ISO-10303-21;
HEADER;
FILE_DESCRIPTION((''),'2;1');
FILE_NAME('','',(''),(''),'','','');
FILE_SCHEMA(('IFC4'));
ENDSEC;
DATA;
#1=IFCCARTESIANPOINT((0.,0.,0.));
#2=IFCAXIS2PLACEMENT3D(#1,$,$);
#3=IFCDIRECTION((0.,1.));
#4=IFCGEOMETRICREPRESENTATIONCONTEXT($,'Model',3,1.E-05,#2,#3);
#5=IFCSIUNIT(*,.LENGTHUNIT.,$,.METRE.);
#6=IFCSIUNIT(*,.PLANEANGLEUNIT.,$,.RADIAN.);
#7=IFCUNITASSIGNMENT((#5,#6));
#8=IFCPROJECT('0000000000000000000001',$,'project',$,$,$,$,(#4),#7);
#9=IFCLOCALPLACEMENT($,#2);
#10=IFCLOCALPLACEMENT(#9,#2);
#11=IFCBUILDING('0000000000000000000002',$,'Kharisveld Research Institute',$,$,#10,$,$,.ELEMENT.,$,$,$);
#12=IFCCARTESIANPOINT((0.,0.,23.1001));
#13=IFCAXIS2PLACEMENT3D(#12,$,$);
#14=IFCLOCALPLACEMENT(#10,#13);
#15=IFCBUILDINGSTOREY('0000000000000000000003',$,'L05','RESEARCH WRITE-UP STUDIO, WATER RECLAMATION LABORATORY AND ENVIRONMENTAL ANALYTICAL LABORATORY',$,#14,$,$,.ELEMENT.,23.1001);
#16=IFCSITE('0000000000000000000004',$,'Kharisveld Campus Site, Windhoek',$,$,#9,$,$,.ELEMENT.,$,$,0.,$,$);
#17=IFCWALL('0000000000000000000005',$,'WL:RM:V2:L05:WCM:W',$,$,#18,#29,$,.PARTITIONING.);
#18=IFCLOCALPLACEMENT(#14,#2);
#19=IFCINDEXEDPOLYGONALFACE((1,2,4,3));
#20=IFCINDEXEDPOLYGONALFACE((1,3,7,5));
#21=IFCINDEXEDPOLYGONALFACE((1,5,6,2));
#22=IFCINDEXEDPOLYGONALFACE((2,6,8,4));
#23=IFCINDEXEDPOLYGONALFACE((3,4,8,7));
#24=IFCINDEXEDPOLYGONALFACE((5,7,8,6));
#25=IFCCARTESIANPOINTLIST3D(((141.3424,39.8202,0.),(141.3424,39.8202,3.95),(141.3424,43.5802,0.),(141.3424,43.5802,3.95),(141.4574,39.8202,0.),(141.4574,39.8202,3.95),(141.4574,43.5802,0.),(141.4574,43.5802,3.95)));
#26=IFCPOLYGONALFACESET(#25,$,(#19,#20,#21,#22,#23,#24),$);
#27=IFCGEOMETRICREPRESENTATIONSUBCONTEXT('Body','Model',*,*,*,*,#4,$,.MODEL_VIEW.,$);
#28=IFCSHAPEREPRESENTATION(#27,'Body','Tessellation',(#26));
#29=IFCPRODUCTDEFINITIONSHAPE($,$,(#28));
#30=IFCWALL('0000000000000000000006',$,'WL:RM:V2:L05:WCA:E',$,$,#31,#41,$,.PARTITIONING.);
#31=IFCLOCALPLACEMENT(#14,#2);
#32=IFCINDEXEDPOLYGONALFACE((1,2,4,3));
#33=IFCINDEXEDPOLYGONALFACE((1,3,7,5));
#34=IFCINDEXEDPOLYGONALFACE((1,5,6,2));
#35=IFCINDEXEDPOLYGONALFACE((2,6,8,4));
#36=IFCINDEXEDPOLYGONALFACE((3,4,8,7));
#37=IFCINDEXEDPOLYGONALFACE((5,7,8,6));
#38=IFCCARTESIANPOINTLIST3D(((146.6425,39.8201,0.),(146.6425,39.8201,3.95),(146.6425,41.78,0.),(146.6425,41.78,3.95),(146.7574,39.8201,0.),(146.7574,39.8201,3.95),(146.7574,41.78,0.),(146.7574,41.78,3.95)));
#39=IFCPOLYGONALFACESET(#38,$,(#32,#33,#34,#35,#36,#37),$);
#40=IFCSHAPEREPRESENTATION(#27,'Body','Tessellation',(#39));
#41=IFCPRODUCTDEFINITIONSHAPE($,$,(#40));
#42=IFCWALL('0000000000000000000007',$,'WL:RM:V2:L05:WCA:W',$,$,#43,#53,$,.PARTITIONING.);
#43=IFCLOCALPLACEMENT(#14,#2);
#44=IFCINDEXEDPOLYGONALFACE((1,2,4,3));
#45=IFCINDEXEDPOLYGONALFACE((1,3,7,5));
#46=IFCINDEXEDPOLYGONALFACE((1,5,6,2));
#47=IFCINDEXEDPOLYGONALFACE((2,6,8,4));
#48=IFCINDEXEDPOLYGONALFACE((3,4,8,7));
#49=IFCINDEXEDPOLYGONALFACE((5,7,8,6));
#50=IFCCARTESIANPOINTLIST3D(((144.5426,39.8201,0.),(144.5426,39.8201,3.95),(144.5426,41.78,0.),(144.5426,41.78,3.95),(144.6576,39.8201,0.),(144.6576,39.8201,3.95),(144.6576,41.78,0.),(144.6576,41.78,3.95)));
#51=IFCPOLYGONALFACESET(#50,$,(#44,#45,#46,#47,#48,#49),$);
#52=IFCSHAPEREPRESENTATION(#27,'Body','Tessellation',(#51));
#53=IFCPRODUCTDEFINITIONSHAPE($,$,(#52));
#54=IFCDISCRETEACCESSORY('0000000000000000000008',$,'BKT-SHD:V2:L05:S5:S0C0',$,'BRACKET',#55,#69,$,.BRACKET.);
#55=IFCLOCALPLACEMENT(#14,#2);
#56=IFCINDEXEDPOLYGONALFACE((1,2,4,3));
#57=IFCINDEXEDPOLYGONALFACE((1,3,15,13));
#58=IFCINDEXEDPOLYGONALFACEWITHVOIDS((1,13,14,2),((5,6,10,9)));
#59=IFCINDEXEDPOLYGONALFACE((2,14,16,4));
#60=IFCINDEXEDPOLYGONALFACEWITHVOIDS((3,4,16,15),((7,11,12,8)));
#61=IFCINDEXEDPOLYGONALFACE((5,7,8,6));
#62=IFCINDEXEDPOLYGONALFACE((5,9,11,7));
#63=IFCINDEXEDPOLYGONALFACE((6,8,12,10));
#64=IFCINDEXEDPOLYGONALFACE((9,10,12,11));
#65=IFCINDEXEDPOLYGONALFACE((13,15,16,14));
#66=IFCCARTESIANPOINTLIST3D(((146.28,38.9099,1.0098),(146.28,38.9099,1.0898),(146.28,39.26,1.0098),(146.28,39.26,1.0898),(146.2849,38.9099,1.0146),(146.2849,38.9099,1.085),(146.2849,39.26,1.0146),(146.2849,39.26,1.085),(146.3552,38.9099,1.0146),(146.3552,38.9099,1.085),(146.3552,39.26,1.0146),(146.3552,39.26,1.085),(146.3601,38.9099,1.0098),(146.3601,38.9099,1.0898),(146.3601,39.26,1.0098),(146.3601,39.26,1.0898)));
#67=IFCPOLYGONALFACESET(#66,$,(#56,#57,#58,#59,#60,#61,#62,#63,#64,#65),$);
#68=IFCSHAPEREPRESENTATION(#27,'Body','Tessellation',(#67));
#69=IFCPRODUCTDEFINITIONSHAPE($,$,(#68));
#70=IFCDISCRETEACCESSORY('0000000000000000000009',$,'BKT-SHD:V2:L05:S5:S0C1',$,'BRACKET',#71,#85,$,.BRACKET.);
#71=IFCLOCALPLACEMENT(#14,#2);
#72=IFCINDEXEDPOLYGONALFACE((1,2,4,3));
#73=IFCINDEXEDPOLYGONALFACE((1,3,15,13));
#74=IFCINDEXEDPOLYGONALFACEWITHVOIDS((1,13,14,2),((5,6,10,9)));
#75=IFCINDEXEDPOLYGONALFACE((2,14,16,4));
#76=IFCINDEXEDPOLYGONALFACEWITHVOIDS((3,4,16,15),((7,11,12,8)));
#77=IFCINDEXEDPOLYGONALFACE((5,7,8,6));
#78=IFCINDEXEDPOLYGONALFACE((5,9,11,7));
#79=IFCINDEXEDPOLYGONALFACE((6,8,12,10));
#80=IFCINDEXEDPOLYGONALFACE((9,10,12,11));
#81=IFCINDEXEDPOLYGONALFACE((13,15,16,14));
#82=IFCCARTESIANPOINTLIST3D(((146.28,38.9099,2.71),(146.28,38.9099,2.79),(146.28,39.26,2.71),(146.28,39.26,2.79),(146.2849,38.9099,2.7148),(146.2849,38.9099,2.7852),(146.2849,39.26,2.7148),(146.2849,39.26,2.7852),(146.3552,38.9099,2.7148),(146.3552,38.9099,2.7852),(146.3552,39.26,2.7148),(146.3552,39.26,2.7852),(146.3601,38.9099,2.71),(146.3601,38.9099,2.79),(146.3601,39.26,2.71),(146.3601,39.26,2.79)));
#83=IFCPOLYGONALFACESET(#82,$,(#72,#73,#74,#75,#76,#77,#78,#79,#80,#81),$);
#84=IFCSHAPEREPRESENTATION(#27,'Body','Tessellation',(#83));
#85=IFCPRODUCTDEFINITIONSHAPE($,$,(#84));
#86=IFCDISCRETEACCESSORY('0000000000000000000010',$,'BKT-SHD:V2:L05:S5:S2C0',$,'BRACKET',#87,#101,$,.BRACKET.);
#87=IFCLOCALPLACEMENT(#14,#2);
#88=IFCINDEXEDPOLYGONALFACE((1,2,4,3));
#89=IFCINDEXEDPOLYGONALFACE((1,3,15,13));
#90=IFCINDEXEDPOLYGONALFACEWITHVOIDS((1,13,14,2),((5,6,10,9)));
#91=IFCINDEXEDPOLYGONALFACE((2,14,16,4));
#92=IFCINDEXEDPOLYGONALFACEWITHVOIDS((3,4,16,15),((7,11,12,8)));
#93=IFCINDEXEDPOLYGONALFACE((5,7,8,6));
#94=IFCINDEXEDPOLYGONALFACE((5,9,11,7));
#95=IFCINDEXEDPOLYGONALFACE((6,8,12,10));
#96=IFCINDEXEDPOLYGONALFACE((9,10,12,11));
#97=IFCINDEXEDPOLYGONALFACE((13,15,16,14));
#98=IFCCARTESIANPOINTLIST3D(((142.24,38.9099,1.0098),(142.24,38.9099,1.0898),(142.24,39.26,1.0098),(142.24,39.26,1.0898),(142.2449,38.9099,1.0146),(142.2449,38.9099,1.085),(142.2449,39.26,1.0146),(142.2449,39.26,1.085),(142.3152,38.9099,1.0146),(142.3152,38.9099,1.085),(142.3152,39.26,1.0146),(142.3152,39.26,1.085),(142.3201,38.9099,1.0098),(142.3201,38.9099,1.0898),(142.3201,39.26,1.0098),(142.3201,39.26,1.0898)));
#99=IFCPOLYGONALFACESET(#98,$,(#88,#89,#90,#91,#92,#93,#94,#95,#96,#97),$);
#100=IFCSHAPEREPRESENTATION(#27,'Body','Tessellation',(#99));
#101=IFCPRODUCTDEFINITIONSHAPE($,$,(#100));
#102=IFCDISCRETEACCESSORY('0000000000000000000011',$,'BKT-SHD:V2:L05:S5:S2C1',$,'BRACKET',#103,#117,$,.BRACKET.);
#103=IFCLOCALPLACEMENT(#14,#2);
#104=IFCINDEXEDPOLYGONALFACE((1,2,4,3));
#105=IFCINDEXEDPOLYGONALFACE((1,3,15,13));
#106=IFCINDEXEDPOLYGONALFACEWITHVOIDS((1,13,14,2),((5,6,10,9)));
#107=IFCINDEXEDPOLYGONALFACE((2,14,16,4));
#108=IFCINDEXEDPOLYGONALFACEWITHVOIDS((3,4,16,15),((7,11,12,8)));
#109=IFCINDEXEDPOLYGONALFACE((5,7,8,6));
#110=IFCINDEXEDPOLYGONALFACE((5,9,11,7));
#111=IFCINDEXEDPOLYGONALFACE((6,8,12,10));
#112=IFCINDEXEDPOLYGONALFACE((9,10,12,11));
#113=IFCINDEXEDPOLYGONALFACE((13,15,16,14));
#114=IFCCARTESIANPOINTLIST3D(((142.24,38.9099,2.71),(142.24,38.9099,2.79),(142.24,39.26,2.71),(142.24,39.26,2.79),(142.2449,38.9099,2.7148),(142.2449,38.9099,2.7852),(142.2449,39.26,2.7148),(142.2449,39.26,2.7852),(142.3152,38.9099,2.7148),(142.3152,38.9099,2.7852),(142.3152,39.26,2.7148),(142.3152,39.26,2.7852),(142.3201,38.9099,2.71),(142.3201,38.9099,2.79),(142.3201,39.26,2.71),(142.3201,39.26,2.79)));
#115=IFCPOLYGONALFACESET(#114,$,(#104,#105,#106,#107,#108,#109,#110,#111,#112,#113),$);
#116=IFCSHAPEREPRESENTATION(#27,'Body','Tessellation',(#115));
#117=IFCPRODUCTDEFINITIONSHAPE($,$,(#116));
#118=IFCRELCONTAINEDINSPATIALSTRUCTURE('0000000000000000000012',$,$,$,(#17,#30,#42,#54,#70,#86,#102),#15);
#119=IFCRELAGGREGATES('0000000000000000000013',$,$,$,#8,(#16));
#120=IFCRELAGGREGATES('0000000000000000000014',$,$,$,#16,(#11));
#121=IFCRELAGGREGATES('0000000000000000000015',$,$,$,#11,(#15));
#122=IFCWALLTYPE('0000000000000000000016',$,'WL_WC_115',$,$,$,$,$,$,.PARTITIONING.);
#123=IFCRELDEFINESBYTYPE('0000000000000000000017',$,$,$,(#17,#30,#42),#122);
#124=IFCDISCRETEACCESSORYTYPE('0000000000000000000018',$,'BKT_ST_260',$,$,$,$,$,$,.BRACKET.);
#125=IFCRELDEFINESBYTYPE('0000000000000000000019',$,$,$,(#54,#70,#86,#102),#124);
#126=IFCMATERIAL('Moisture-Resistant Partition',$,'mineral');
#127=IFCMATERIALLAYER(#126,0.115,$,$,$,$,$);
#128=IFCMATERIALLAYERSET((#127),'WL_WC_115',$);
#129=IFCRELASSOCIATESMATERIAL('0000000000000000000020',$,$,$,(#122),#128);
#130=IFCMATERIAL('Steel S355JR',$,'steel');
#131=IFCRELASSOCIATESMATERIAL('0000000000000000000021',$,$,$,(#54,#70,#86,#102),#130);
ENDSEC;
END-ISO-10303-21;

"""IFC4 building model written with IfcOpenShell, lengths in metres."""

from ifc_helpers import new_model, si_unit, direction, frame, frame_2d, origin, origin_2d, place, context, subcontext, project, spatial, rectangle, hollow_rectangle, extrude, material, layer, layer_set, type_object, element, save


model = new_model("IFC4")

# Units and contexts
model_context = context("Model", 3, precision=1e-05, world=origin(), true_north=direction((0.0, 1.0)))
body_context = subcontext(model_context, "Body", "Model", "MODEL_VIEW")
ifc_project = project(units=[si_unit("LENGTHUNIT", "METRE"), si_unit("PLANEANGLEUNIT", "RADIAN")], contexts=[model_context])

# Site, building, storey
site_placement = place(None, origin())
site = spatial("IfcSite", under=ifc_project, at=site_placement, Name="Kharisveld Campus Site, Windhoek", CompositionType="ELEMENT", RefElevation=0.0)
building_placement = place(site_placement, origin())
building = spatial("IfcBuilding", under=site, at=building_placement, Name="Kharisveld Research Institute", CompositionType="ELEMENT")
storey_placement = place(building_placement, frame((0.0, 0.0, 23.1001)))
storey = spatial("IfcBuildingStorey", under=building, at=storey_placement, Name="L05", Description="RESEARCH WRITE-UP STUDIO, WATER RECLAMATION LABORATORY AND ENVIRONMENTAL ANALYTICAL LABORATORY", CompositionType="ELEMENT", Elevation=23.1001)

# Shared definitions
ifc_material_1 = material(Name="Moisture-Resistant Partition", Category="mineral")
ifc_layer_1 = layer(ifc_material_1, 0.115)
ifc_layer_set_1 = layer_set([ifc_layer_1], Name="WL_WC_115")
wall_type_1 = type_object("IfcWallType", Name="WL_WC_115", PredefinedType="PARTITIONING", material=ifc_layer_set_1)

# Walls
wall_1_placement = place(storey_placement, frame((141.3999, 43.5801, 0.0), z_axis=(0.0, 0.0, 1.0), x_axis=(0.0, -1.0, 0.0)))
element("IfcWall", 1, at=wall_1_placement, inside=storey, type_object=wall_type_1, Name="WL:RM:V2:L05:WCM:W", PredefinedType="PARTITIONING", context=body_context, shape_type="SweptSolid", body=[
    extrude(rectangle(XDim=3.76, YDim=0.115, at=frame_2d((1.8799, 0.0))), origin(), (0.0, 0.0, 1.0), 3.95),
])
wall_2_placement = place(storey_placement, frame((146.7, 39.8201, 0.0), z_axis=(0.0, 0.0, 1.0), x_axis=(0.0, 1.0, 0.0)))
element("IfcWall", 2, at=wall_2_placement, inside=storey, type_object=wall_type_1, Name="WL:RM:V2:L05:WCA:E", PredefinedType="PARTITIONING", context=body_context, shape_type="SweptSolid", body=[
    extrude(rectangle(XDim=1.96, YDim=0.115, at=frame_2d((0.98, 0.0))), origin(), (0.0, 0.0, 1.0), 3.95),
])

# Wall
wall_3_placement = place(storey_placement, frame((144.6001, 41.78, 0.0), z_axis=(0.0, 0.0, 1.0), x_axis=(0.0, -1.0, 0.0)))
element("IfcWall", 3, at=wall_3_placement, inside=storey, type_object=wall_type_1, Name="WL:RM:V2:L05:WCA:W", PredefinedType="PARTITIONING", context=body_context, shape_type="SweptSolid", body=[
    extrude(rectangle(XDim=1.96, YDim=0.115, at=frame_2d((0.98, 0.0))), origin(), (0.0, 0.0, 1.0), 3.95),
])

# Discrete accessories
ifc_material_2 = material(Name="Steel S355JR", Category="steel")
discrete_accessory_type = type_object("IfcDiscreteAccessoryType", Name="BKT_ST_260", PredefinedType="BRACKET")
for number, where, z_axis, x_axis, name in (
    (4, (146.3201, 39.26, 1.0498), (0.0, -1.0, 0.0), (1.0, 0.0, 0.0), "BKT-SHD:V2:L05:S5:S0C0"),
    (5, (146.3201, 39.26, 2.75), (0.0, -1.0, 0.0), (1.0, 0.0, 0.0), "BKT-SHD:V2:L05:S5:S0C1"),
    (6, (142.28, 39.26, 1.0498), (0.0, -1.0, 0.0), (1.0, 0.0, 0.0), "BKT-SHD:V2:L05:S5:S2C0"),
    (7, (142.28, 39.26, 2.75), (0.0, -1.0, 0.0), (1.0, 0.0, 0.0), "BKT-SHD:V2:L05:S5:S2C1"),
):
    element("IfcDiscreteAccessory", number, at=place(storey_placement, frame(where, z_axis=z_axis, x_axis=x_axis)), inside=storey, type_object=discrete_accessory_type, material=ifc_material_2, Name=name, ObjectType="BRACKET", PredefinedType="BRACKET", context=body_context, shape_type="SweptSolid", body=[
        extrude(hollow_rectangle(XDim=0.0801, YDim=0.0801, WallThickness=0.0049, at=origin_2d()), origin(), (0.0, 0.0, 1.0), 0.3501),
    ])

save(model, "model.ifc")
